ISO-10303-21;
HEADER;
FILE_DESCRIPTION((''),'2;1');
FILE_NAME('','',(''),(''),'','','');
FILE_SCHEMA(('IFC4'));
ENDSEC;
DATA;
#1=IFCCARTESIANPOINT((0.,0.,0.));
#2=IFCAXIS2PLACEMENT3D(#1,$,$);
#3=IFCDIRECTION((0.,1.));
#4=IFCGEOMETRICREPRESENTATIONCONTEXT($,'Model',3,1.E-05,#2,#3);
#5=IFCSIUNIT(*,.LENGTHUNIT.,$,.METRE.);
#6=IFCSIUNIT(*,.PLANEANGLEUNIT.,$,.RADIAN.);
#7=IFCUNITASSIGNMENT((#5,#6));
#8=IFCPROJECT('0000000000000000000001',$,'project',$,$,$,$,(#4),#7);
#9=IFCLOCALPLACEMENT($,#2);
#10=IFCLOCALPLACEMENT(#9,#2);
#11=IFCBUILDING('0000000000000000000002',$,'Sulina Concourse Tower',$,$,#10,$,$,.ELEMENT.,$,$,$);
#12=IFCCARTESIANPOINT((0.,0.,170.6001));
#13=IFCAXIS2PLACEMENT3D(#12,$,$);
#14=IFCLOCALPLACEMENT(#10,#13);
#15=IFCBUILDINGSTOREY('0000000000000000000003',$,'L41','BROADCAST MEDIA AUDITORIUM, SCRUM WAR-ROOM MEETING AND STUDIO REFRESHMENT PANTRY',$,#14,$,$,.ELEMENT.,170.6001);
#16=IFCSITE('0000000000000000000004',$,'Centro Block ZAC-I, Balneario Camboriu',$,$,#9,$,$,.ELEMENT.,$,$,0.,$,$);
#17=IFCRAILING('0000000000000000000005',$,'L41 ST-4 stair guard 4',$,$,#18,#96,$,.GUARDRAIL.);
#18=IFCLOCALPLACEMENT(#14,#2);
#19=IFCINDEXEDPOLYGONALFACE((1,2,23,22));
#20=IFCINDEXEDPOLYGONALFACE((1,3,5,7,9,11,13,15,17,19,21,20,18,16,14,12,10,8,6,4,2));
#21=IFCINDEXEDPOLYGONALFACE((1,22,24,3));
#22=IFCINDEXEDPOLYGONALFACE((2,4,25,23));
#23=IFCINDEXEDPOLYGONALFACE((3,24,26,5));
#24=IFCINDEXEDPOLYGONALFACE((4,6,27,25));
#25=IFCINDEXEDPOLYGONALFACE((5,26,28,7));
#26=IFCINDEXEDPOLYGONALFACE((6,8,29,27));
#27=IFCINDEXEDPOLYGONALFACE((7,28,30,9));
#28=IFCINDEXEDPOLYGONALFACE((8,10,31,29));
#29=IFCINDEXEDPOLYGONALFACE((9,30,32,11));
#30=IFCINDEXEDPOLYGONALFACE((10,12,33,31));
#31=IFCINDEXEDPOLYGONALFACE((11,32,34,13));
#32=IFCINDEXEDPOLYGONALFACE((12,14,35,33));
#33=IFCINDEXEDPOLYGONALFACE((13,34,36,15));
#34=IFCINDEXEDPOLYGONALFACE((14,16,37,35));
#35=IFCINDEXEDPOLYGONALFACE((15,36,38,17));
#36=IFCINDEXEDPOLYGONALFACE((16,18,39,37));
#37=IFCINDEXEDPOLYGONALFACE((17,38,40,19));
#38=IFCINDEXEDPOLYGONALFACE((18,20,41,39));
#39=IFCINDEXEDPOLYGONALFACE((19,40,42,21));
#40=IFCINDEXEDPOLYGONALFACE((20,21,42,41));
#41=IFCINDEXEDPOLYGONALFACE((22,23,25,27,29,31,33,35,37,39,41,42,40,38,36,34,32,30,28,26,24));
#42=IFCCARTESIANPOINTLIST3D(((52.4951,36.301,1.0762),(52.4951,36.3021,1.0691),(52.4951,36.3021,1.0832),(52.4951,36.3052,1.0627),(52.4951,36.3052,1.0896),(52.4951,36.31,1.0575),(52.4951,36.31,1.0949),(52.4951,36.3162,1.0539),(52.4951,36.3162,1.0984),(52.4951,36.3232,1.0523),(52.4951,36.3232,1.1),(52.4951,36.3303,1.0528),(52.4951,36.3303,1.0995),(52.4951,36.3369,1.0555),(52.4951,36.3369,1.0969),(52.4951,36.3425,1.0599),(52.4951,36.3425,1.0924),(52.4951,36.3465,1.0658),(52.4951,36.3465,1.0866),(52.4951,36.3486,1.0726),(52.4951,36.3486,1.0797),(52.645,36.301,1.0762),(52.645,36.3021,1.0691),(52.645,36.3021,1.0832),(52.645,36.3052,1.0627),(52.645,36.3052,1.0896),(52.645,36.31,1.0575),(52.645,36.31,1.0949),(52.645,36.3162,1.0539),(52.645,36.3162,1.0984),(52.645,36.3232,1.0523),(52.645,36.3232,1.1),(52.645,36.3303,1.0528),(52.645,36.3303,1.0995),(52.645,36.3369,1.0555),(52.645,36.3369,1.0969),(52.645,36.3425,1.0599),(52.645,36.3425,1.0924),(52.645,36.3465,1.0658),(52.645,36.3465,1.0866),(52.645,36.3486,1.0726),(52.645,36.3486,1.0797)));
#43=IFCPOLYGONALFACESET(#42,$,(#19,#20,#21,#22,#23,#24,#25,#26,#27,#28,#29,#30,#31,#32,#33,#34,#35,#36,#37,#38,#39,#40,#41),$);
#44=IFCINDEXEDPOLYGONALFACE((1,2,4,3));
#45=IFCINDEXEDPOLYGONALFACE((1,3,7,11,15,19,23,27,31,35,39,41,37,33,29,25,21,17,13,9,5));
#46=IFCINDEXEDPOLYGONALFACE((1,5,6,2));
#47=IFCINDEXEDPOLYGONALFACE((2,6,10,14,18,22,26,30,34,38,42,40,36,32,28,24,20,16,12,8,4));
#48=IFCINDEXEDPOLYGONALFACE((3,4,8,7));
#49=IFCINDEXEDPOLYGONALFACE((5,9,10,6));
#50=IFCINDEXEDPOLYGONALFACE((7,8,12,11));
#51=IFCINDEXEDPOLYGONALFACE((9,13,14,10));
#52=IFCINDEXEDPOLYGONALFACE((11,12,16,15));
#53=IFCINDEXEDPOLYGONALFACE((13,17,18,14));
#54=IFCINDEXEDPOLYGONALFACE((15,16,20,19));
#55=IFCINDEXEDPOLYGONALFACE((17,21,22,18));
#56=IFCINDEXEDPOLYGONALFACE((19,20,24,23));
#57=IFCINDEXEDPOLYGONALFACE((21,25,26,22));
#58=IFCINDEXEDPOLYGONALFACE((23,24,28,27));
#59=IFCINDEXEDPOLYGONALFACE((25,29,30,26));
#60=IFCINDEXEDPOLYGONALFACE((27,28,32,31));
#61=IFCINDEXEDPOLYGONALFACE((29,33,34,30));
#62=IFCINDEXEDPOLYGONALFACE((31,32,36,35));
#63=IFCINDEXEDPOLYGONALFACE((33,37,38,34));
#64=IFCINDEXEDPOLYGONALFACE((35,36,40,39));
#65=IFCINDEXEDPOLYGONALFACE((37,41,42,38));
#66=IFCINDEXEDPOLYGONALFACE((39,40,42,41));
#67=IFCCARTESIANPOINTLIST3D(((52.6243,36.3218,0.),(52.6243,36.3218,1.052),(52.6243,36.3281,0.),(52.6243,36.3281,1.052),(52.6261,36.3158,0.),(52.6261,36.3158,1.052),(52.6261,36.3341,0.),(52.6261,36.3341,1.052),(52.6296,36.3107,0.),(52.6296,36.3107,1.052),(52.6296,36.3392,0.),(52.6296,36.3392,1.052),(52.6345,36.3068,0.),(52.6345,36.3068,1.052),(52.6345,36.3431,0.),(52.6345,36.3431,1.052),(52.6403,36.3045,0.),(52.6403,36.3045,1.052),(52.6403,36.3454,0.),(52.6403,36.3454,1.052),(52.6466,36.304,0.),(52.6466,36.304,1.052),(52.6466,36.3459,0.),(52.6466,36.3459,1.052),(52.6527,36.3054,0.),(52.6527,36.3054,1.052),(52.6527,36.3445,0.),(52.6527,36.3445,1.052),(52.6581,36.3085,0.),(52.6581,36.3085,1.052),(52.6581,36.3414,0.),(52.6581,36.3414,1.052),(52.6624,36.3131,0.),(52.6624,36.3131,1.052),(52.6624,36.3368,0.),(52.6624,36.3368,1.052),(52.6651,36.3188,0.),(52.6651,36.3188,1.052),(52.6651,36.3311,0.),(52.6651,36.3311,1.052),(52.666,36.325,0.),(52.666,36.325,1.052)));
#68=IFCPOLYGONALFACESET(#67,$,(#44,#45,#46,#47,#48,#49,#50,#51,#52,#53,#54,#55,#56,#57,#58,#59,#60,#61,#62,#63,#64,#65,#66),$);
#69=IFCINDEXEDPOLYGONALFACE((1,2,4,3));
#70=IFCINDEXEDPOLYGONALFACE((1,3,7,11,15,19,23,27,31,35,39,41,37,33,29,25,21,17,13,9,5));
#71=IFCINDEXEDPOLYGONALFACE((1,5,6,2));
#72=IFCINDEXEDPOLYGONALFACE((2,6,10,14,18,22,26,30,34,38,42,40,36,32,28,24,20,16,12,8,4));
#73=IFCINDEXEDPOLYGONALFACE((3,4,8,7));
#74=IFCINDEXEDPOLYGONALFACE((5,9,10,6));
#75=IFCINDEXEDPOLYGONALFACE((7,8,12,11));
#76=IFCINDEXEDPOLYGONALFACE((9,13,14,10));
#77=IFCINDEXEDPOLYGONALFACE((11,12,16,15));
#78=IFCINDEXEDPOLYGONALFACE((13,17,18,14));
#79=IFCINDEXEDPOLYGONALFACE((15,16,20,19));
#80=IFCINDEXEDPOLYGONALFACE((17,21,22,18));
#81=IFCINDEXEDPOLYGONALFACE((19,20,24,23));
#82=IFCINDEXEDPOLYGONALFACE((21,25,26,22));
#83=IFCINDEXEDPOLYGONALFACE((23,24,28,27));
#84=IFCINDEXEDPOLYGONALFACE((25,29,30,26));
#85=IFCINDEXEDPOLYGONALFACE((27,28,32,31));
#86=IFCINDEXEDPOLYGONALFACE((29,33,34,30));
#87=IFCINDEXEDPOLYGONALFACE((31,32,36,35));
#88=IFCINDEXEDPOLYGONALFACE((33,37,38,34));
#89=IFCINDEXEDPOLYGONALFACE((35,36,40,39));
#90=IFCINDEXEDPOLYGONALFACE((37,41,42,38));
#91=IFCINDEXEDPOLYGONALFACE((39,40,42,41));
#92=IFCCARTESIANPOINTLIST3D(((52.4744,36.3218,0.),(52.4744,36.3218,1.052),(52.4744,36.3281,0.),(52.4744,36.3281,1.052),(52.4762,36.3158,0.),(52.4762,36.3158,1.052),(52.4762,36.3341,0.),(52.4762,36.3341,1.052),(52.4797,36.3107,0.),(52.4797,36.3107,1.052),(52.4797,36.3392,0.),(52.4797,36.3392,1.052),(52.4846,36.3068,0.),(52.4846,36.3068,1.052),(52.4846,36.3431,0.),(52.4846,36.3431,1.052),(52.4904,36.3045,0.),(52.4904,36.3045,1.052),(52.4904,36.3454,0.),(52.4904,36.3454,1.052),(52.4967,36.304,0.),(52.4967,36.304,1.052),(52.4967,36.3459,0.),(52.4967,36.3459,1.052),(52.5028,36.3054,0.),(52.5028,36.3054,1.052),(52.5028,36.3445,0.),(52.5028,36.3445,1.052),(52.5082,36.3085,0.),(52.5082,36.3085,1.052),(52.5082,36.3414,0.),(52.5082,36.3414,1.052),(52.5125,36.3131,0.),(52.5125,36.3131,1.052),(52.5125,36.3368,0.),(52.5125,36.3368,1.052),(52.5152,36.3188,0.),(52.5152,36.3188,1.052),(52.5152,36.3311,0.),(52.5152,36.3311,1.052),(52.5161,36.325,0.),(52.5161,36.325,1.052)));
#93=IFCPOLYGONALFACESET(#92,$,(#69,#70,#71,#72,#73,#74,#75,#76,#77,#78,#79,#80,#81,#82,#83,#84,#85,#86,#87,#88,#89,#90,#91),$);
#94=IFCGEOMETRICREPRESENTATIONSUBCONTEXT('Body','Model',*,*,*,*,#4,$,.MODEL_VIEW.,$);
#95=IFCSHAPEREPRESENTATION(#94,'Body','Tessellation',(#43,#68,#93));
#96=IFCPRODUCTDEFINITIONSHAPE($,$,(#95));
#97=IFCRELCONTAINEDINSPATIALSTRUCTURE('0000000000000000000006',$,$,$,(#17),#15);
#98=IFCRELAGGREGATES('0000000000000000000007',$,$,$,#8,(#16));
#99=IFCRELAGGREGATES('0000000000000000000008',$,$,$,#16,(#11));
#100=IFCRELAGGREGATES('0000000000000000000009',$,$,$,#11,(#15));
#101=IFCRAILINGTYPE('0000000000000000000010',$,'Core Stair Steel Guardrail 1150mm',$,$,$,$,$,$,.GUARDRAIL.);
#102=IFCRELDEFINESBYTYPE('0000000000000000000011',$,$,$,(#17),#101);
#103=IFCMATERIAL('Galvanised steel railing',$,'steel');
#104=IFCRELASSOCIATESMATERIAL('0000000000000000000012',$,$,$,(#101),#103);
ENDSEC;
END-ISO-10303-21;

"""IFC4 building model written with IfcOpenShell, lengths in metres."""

from ifc_helpers import new_model, si_unit, direction, frame, origin, origin_2d, place, context, subcontext, project, spatial, circle, extrude, material, type_object, element, save


model = new_model("IFC4")

# Units and contexts
model_context = context("Model", 3, precision=1e-05, world=origin(), true_north=direction((0.0, 1.0)))
body_context = subcontext(model_context, "Body", "Model", "MODEL_VIEW")
ifc_project = project(units=[si_unit("LENGTHUNIT", "METRE"), si_unit("PLANEANGLEUNIT", "RADIAN")], contexts=[model_context])

# Site, building, storey
site_placement = place(None, origin())
site = spatial("IfcSite", under=ifc_project, at=site_placement, Name="Centro Block ZAC-I, Balneario Camboriu", CompositionType="ELEMENT", RefElevation=0.0)
building_placement = place(site_placement, origin())
building = spatial("IfcBuilding", under=site, at=building_placement, Name="Sulina Concourse Tower", CompositionType="ELEMENT")
storey_placement = place(building_placement, frame((0.0, 0.0, 170.6001)))
storey = spatial("IfcBuildingStorey", under=building, at=storey_placement, Name="L41", Description="BROADCAST MEDIA AUDITORIUM, SCRUM WAR-ROOM MEETING AND STUDIO REFRESHMENT PANTRY", CompositionType="ELEMENT", Elevation=170.6001)

# Railing
ifc_material_1 = material(Name="Galvanised steel railing", Category="steel")
railing_type_1 = type_object("IfcRailingType", Name="Core Stair Steel Guardrail 1150mm", PredefinedType="GUARDRAIL", material=ifc_material_1)
railing_1_placement = place(storey_placement, frame((52.645, 36.325, 0.0)))
element("IfcRailing", 1, at=railing_1_placement, inside=storey, type_object=railing_type_1, Name="L41 ST-4 stair guard 4", PredefinedType="GUARDRAIL", context=body_context, shape_type="SweptSolid", body=[
    extrude(circle(Radius=0.0239, at=origin_2d()), frame((0.0, 0.0, 1.0762), z_axis=(-1.0, 0.0, 0.0), x_axis=(0.0, -1.0, 0.0)), (0.0, 0.0, 1.0), 0.1499),
    extrude(circle(Radius=0.021, at=origin_2d()), origin(), (0.0, 0.0, 1.0), 1.052),
    extrude(circle(Radius=0.021, at=origin_2d()), frame((-0.1499, 0.0, 0.0)), (0.0, 0.0, 1.0), 1.052),
])

save(model, "model.ifc")
